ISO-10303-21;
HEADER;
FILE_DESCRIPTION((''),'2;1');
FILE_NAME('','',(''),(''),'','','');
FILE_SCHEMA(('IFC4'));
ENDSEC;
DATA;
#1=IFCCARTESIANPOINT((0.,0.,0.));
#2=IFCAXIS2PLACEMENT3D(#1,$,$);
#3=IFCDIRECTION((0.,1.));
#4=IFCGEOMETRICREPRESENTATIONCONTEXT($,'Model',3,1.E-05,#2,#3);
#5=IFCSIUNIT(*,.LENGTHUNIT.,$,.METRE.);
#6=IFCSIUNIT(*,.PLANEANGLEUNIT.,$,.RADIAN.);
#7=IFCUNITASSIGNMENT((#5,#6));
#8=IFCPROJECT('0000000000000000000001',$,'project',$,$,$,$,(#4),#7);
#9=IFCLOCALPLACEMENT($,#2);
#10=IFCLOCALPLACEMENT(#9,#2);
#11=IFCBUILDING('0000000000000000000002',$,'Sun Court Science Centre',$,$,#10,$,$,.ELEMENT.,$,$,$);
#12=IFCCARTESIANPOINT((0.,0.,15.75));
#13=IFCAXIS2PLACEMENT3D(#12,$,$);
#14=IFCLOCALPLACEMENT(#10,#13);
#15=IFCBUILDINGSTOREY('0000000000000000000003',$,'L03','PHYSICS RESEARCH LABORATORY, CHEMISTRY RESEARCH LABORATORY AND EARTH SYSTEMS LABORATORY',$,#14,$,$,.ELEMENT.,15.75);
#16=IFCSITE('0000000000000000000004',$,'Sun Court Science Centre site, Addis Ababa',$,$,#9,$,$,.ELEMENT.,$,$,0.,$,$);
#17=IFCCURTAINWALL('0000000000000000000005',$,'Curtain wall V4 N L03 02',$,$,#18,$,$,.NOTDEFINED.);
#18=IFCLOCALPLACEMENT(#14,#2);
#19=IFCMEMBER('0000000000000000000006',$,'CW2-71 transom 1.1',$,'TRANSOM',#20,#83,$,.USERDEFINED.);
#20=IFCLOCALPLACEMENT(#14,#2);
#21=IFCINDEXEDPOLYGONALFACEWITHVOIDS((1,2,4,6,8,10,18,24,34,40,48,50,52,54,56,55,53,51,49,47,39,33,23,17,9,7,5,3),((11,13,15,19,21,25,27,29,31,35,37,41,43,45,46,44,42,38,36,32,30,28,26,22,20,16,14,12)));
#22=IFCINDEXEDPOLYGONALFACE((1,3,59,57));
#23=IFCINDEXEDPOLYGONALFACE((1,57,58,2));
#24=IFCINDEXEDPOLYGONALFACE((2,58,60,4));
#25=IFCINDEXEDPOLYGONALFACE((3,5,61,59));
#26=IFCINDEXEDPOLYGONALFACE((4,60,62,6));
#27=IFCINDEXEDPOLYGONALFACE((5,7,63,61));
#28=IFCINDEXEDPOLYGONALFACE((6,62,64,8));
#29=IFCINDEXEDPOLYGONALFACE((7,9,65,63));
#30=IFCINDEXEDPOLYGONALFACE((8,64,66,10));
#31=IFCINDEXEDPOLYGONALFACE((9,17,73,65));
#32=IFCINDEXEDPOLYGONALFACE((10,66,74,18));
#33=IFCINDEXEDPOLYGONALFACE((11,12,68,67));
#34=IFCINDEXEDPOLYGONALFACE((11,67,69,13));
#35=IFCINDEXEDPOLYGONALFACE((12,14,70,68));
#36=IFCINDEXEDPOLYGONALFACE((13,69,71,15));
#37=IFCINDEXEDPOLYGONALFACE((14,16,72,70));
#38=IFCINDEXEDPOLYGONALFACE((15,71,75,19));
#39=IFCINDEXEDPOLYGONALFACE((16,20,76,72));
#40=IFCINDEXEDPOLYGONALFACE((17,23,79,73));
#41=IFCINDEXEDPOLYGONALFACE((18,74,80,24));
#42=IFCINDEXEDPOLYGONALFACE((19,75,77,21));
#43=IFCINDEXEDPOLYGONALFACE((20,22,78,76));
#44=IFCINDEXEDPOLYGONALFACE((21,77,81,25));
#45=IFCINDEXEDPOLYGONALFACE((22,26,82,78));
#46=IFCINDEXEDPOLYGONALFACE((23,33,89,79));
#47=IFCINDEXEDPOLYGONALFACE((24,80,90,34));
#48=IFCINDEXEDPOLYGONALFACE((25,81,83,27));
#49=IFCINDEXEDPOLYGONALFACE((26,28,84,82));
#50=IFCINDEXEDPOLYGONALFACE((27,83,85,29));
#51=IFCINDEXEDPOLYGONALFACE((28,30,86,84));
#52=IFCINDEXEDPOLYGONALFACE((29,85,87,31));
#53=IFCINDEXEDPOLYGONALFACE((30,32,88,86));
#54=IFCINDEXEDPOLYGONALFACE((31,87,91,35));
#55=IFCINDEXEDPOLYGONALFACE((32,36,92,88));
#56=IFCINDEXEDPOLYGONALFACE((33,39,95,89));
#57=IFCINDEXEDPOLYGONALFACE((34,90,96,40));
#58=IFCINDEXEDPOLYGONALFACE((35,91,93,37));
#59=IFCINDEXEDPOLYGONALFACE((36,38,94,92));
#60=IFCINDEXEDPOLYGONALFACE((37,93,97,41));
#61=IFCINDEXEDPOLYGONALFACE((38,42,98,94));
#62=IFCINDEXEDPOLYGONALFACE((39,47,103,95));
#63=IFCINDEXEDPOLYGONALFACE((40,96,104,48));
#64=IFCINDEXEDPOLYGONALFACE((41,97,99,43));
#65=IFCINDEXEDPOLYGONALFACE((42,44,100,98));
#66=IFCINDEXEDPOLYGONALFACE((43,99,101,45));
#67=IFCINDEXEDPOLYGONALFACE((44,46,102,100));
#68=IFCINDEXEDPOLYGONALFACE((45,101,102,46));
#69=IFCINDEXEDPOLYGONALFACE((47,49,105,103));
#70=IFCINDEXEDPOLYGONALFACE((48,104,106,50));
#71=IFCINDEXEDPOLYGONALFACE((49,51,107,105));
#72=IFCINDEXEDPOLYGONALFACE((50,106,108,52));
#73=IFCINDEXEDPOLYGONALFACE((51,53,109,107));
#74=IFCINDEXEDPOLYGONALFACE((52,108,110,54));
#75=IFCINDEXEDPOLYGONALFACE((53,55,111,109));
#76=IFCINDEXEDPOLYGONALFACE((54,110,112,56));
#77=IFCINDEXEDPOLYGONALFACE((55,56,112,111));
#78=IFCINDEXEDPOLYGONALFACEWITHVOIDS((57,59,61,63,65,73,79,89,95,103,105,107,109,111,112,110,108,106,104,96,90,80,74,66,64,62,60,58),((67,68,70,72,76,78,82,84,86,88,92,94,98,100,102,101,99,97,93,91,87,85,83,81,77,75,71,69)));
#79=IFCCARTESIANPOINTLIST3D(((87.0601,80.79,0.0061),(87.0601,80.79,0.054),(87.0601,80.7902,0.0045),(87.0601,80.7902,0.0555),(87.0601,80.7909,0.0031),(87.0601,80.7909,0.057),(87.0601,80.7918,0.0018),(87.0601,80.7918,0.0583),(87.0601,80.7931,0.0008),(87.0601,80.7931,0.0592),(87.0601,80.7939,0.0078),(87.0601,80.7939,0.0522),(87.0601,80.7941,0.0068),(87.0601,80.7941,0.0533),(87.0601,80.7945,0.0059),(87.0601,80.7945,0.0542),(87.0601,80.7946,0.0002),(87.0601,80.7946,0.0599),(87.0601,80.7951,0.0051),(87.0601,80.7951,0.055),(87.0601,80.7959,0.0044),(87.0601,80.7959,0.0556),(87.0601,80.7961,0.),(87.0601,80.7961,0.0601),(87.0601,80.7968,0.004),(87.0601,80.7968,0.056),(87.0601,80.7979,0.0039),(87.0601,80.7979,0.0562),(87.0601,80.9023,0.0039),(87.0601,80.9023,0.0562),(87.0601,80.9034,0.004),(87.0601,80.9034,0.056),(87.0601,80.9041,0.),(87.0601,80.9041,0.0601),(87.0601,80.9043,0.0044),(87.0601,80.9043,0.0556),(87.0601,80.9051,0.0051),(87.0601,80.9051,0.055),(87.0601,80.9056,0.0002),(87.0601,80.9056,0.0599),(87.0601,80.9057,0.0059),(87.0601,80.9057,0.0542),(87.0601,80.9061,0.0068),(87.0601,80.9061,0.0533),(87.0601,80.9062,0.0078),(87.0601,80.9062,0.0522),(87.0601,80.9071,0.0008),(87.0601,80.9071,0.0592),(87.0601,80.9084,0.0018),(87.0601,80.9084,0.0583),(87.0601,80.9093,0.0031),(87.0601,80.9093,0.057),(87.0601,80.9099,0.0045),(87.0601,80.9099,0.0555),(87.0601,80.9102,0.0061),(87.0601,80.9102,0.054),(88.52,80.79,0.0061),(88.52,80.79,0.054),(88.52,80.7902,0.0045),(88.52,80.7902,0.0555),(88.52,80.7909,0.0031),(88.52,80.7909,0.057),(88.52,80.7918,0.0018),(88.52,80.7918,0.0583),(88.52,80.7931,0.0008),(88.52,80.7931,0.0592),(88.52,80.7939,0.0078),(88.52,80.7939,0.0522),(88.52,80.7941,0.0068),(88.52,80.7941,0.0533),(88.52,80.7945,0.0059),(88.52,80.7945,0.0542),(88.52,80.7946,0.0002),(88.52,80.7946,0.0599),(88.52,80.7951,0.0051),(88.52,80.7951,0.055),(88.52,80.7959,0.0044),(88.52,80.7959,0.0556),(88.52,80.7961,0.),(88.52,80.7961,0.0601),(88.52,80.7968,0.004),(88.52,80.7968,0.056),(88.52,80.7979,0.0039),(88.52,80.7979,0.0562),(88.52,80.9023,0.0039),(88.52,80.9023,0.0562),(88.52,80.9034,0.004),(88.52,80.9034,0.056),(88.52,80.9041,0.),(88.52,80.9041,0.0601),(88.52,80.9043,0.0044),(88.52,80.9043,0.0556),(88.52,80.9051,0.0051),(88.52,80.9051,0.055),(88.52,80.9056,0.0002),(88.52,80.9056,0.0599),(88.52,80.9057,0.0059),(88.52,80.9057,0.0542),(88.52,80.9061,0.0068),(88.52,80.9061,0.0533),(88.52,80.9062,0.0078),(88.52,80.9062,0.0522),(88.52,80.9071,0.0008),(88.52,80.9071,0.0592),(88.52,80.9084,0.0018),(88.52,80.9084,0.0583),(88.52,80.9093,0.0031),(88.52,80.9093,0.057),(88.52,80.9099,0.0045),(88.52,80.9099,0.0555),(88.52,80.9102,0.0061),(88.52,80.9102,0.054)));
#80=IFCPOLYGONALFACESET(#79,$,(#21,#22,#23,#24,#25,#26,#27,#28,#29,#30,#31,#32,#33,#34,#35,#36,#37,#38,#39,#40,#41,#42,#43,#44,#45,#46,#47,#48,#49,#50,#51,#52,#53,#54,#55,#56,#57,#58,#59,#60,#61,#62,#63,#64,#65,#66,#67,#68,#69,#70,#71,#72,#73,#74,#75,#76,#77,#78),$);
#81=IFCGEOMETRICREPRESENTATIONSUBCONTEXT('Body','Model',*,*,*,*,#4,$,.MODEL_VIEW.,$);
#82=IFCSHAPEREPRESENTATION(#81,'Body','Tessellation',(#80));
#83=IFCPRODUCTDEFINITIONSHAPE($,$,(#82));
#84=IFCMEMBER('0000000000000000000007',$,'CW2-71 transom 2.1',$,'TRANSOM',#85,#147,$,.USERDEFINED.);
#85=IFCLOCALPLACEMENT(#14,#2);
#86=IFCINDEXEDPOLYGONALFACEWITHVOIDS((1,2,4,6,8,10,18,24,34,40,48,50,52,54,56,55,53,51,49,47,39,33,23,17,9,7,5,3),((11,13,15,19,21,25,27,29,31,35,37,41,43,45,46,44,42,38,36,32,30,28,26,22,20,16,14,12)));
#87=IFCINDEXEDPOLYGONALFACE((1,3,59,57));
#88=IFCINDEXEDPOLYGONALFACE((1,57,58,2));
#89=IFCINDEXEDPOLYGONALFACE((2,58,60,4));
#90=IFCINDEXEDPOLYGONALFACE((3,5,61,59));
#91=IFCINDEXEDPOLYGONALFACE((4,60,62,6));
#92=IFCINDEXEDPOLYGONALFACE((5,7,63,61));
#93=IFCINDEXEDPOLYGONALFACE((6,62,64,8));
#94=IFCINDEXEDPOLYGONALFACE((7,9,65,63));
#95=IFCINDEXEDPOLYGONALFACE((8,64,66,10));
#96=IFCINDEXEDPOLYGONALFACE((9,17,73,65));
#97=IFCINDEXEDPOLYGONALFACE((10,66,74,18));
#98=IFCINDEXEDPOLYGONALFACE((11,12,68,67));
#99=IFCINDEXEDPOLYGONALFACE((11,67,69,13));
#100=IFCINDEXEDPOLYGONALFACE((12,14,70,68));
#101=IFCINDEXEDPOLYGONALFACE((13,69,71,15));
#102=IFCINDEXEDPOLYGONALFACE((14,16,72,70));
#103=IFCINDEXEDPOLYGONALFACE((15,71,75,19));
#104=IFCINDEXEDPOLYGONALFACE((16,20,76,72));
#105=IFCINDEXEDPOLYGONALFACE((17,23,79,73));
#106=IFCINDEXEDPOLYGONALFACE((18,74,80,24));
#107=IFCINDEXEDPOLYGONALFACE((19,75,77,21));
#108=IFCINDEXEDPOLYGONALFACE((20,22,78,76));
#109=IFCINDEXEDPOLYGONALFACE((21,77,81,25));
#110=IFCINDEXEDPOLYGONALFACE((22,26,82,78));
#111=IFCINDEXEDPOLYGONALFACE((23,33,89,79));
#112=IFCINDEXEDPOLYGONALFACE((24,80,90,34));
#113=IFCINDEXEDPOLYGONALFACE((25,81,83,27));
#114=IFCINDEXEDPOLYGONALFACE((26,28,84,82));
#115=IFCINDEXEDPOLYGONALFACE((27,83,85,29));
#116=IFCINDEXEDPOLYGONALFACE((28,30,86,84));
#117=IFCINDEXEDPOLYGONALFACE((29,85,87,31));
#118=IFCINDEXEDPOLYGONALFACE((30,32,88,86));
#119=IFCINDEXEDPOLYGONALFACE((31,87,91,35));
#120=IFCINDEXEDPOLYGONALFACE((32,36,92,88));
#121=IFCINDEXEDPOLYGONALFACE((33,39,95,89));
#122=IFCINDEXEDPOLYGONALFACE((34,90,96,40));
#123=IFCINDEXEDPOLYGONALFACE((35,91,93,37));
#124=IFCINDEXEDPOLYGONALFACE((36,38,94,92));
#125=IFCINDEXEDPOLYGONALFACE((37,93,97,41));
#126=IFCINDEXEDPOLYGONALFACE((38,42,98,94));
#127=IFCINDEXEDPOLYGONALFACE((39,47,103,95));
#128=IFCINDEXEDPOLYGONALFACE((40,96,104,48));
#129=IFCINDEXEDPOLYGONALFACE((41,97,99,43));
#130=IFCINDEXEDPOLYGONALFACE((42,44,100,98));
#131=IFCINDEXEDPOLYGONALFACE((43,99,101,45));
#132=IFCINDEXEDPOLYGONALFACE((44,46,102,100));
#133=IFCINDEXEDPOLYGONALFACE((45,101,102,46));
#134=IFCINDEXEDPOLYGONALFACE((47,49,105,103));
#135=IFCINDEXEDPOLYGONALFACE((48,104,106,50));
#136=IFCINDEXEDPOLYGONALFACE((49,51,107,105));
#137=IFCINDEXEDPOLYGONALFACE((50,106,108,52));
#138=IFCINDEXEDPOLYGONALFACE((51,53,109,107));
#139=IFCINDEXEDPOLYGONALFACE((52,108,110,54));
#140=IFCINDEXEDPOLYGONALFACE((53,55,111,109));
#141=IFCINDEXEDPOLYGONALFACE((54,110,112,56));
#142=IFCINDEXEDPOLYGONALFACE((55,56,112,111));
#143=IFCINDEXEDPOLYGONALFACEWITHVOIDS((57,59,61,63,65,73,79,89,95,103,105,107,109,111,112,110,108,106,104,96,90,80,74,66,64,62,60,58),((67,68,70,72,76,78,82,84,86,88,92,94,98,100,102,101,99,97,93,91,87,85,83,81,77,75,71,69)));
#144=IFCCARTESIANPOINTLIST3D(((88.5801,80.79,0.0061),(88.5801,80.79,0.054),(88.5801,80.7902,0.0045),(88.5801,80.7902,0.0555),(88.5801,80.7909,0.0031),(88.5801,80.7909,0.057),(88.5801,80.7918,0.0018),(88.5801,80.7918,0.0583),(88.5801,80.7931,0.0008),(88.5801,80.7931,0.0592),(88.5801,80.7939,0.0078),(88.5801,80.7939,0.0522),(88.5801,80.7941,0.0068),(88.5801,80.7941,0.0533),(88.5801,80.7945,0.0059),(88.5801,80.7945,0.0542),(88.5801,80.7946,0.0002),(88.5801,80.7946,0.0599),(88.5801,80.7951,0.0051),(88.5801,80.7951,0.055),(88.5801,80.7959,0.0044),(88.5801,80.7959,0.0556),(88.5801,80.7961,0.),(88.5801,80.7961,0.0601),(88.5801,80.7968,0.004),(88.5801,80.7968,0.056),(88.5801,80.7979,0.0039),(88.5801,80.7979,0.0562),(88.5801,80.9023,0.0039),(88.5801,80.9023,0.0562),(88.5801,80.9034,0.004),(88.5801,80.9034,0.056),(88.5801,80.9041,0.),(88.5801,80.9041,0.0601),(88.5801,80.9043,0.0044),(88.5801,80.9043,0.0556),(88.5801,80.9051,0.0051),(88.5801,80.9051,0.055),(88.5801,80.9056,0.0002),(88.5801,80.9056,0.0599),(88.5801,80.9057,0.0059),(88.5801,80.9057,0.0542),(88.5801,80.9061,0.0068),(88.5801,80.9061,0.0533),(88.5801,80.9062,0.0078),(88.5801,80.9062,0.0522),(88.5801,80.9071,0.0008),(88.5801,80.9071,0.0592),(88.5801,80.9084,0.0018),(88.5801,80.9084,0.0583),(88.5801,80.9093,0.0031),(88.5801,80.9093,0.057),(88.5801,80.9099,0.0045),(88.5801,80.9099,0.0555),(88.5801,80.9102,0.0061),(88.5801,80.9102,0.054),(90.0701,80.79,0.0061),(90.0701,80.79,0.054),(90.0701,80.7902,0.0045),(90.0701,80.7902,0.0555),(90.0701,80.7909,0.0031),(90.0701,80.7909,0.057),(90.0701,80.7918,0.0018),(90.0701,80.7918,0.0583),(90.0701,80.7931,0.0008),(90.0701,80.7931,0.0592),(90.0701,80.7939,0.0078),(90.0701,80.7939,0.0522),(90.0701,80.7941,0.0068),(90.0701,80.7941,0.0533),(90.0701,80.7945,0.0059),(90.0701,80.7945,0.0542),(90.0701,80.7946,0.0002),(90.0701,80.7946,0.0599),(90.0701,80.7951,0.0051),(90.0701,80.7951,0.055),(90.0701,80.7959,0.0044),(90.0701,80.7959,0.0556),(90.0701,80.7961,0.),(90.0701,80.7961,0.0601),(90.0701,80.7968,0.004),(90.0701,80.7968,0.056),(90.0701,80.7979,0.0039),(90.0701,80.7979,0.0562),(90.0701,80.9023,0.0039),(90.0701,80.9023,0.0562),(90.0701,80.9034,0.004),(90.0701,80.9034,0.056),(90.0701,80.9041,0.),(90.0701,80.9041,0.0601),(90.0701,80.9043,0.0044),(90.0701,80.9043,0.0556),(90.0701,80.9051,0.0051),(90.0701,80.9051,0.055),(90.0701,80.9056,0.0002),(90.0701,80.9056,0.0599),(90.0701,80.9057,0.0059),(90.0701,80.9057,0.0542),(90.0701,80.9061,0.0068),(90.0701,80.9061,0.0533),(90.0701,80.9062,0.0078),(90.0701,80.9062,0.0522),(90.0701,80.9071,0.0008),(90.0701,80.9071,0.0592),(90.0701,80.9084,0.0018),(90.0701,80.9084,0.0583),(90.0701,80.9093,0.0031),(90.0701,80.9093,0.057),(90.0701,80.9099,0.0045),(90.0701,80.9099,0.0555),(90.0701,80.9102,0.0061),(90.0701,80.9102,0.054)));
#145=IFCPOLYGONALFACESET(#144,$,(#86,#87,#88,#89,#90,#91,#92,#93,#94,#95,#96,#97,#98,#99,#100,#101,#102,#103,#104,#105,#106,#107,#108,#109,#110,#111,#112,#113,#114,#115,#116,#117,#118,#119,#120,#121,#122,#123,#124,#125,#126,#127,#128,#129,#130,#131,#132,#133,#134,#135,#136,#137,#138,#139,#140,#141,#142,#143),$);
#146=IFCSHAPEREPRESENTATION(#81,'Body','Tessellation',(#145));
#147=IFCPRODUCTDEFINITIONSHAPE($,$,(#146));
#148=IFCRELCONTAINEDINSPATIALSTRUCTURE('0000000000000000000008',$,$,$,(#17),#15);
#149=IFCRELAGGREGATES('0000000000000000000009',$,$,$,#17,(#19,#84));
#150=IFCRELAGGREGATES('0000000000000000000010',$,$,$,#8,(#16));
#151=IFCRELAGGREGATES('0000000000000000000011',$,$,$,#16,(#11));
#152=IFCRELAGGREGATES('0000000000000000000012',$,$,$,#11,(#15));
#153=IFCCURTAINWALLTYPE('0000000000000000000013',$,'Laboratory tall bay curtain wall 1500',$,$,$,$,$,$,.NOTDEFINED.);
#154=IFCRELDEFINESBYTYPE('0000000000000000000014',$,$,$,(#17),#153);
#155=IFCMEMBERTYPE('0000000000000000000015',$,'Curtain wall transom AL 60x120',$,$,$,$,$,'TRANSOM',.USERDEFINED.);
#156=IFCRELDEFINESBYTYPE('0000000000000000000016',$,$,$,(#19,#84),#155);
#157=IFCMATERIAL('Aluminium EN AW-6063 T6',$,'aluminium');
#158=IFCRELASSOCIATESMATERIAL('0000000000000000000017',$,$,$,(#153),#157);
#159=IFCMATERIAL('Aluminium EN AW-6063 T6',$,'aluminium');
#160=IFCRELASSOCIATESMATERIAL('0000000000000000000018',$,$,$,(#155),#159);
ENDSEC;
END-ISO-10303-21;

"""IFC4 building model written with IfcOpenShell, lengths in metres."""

from ifc_helpers import new_model, si_unit, direction, frame, origin, origin_2d, place, context, subcontext, project, spatial, hollow_rectangle, extrude, material, material_profile, profile_set, type_object, element, aggregate, save


model = new_model("IFC4")

# Units and contexts
model_context = context("Model", 3, precision=1e-05, world=origin(), true_north=direction((0.0, 1.0)))
body_context = subcontext(model_context, "Body", "Model", "MODEL_VIEW")
ifc_project = project(units=[si_unit("LENGTHUNIT", "METRE"), si_unit("PLANEANGLEUNIT", "RADIAN")], contexts=[model_context])

# Site, building, storey
site_placement = place(None, origin())
site = spatial("IfcSite", under=ifc_project, at=site_placement, Name="Sun Court Science Centre site, Addis Ababa", CompositionType="ELEMENT", RefElevation=0.0)
building_placement = place(site_placement, origin())
building = spatial("IfcBuilding", under=site, at=building_placement, Name="Sun Court Science Centre", CompositionType="ELEMENT")
storey_placement = place(building_placement, frame((0.0, 0.0, 15.75)))
storey = spatial("IfcBuildingStorey", under=building, at=storey_placement, Name="L03", Description="PHYSICS RESEARCH LABORATORY, CHEMISTRY RESEARCH LABORATORY AND EARTH SYSTEMS LABORATORY", CompositionType="ELEMENT", Elevation=15.75)

# Curtain wall
ifc_material_1 = material(Name="Aluminium EN AW-6063 T6", Category="aluminium")
curtain_wall_type = type_object("IfcCurtainWallType", Name="Laboratory tall bay curtain wall 1500", PredefinedType="NOTDEFINED", material=ifc_material_1)
curtain_wall_1_placement = place(storey_placement, origin())
curtain_wall_1 = element("IfcCurtainWall", 1, at=curtain_wall_1_placement, inside=storey, type_object=curtain_wall_type, Name="Curtain wall V4 N L03 02", PredefinedType="NOTDEFINED")

# Members
ifc_material_2 = material(Name="Aluminium EN AW-6063 T6", Category="aluminium")
ifc_material_profile_1 = material_profile(ifc_material_2, hollow_rectangle(XDim=0.0601, YDim=0.1201, WallThickness=0.0039, InnerFilletRadius=0.0039, OuterFilletRadius=0.0061, at=origin_2d()), Name="AL 60x120x4")
ifc_profile_set_1 = profile_set([ifc_material_profile_1], Name="Aluminium EN AW-6063 T6")
member_type_1 = type_object("IfcMemberType", Name="Curtain wall transom AL 60x120", ElementType="TRANSOM", PredefinedType="USERDEFINED", material=ifc_profile_set_1)
member_1_placement = place(storey_placement, frame((87.0601, 80.8501, 0.03), z_axis=(1.0, 0.0, 0.0), x_axis=(0.0, 0.0, 1.0)))
member_1 = element("IfcMember", 2, at=member_1_placement, type_object=member_type_1, Name="CW2-71 transom 1.1", ObjectType="TRANSOM", PredefinedType="USERDEFINED", context=body_context, shape_type="SweptSolid", body=[
    extrude(hollow_rectangle(XDim=0.0601, YDim=0.1201, WallThickness=0.0039, InnerFilletRadius=0.0039, OuterFilletRadius=0.0061, at=origin_2d()), origin(), (0.0, 0.0, 1.0), 1.46),
])
member_2_placement = place(storey_placement, frame((88.5801, 80.8501, 0.03), z_axis=(1.0, 0.0, 0.0), x_axis=(0.0, 0.0, 1.0)))
member_2 = element("IfcMember", 3, at=member_2_placement, type_object=member_type_1, Name="CW2-71 transom 2.1", ObjectType="TRANSOM", PredefinedType="USERDEFINED", context=body_context, shape_type="SweptSolid", body=[
    extrude(hollow_rectangle(XDim=0.0601, YDim=0.1201, WallThickness=0.0039, InnerFilletRadius=0.0039, OuterFilletRadius=0.0061, at=origin_2d()), origin(), (0.0, 0.0, 1.0), 1.49),
])

aggregate(curtain_wall_1, [member_1, member_2])

save(model, "model.ifc")
